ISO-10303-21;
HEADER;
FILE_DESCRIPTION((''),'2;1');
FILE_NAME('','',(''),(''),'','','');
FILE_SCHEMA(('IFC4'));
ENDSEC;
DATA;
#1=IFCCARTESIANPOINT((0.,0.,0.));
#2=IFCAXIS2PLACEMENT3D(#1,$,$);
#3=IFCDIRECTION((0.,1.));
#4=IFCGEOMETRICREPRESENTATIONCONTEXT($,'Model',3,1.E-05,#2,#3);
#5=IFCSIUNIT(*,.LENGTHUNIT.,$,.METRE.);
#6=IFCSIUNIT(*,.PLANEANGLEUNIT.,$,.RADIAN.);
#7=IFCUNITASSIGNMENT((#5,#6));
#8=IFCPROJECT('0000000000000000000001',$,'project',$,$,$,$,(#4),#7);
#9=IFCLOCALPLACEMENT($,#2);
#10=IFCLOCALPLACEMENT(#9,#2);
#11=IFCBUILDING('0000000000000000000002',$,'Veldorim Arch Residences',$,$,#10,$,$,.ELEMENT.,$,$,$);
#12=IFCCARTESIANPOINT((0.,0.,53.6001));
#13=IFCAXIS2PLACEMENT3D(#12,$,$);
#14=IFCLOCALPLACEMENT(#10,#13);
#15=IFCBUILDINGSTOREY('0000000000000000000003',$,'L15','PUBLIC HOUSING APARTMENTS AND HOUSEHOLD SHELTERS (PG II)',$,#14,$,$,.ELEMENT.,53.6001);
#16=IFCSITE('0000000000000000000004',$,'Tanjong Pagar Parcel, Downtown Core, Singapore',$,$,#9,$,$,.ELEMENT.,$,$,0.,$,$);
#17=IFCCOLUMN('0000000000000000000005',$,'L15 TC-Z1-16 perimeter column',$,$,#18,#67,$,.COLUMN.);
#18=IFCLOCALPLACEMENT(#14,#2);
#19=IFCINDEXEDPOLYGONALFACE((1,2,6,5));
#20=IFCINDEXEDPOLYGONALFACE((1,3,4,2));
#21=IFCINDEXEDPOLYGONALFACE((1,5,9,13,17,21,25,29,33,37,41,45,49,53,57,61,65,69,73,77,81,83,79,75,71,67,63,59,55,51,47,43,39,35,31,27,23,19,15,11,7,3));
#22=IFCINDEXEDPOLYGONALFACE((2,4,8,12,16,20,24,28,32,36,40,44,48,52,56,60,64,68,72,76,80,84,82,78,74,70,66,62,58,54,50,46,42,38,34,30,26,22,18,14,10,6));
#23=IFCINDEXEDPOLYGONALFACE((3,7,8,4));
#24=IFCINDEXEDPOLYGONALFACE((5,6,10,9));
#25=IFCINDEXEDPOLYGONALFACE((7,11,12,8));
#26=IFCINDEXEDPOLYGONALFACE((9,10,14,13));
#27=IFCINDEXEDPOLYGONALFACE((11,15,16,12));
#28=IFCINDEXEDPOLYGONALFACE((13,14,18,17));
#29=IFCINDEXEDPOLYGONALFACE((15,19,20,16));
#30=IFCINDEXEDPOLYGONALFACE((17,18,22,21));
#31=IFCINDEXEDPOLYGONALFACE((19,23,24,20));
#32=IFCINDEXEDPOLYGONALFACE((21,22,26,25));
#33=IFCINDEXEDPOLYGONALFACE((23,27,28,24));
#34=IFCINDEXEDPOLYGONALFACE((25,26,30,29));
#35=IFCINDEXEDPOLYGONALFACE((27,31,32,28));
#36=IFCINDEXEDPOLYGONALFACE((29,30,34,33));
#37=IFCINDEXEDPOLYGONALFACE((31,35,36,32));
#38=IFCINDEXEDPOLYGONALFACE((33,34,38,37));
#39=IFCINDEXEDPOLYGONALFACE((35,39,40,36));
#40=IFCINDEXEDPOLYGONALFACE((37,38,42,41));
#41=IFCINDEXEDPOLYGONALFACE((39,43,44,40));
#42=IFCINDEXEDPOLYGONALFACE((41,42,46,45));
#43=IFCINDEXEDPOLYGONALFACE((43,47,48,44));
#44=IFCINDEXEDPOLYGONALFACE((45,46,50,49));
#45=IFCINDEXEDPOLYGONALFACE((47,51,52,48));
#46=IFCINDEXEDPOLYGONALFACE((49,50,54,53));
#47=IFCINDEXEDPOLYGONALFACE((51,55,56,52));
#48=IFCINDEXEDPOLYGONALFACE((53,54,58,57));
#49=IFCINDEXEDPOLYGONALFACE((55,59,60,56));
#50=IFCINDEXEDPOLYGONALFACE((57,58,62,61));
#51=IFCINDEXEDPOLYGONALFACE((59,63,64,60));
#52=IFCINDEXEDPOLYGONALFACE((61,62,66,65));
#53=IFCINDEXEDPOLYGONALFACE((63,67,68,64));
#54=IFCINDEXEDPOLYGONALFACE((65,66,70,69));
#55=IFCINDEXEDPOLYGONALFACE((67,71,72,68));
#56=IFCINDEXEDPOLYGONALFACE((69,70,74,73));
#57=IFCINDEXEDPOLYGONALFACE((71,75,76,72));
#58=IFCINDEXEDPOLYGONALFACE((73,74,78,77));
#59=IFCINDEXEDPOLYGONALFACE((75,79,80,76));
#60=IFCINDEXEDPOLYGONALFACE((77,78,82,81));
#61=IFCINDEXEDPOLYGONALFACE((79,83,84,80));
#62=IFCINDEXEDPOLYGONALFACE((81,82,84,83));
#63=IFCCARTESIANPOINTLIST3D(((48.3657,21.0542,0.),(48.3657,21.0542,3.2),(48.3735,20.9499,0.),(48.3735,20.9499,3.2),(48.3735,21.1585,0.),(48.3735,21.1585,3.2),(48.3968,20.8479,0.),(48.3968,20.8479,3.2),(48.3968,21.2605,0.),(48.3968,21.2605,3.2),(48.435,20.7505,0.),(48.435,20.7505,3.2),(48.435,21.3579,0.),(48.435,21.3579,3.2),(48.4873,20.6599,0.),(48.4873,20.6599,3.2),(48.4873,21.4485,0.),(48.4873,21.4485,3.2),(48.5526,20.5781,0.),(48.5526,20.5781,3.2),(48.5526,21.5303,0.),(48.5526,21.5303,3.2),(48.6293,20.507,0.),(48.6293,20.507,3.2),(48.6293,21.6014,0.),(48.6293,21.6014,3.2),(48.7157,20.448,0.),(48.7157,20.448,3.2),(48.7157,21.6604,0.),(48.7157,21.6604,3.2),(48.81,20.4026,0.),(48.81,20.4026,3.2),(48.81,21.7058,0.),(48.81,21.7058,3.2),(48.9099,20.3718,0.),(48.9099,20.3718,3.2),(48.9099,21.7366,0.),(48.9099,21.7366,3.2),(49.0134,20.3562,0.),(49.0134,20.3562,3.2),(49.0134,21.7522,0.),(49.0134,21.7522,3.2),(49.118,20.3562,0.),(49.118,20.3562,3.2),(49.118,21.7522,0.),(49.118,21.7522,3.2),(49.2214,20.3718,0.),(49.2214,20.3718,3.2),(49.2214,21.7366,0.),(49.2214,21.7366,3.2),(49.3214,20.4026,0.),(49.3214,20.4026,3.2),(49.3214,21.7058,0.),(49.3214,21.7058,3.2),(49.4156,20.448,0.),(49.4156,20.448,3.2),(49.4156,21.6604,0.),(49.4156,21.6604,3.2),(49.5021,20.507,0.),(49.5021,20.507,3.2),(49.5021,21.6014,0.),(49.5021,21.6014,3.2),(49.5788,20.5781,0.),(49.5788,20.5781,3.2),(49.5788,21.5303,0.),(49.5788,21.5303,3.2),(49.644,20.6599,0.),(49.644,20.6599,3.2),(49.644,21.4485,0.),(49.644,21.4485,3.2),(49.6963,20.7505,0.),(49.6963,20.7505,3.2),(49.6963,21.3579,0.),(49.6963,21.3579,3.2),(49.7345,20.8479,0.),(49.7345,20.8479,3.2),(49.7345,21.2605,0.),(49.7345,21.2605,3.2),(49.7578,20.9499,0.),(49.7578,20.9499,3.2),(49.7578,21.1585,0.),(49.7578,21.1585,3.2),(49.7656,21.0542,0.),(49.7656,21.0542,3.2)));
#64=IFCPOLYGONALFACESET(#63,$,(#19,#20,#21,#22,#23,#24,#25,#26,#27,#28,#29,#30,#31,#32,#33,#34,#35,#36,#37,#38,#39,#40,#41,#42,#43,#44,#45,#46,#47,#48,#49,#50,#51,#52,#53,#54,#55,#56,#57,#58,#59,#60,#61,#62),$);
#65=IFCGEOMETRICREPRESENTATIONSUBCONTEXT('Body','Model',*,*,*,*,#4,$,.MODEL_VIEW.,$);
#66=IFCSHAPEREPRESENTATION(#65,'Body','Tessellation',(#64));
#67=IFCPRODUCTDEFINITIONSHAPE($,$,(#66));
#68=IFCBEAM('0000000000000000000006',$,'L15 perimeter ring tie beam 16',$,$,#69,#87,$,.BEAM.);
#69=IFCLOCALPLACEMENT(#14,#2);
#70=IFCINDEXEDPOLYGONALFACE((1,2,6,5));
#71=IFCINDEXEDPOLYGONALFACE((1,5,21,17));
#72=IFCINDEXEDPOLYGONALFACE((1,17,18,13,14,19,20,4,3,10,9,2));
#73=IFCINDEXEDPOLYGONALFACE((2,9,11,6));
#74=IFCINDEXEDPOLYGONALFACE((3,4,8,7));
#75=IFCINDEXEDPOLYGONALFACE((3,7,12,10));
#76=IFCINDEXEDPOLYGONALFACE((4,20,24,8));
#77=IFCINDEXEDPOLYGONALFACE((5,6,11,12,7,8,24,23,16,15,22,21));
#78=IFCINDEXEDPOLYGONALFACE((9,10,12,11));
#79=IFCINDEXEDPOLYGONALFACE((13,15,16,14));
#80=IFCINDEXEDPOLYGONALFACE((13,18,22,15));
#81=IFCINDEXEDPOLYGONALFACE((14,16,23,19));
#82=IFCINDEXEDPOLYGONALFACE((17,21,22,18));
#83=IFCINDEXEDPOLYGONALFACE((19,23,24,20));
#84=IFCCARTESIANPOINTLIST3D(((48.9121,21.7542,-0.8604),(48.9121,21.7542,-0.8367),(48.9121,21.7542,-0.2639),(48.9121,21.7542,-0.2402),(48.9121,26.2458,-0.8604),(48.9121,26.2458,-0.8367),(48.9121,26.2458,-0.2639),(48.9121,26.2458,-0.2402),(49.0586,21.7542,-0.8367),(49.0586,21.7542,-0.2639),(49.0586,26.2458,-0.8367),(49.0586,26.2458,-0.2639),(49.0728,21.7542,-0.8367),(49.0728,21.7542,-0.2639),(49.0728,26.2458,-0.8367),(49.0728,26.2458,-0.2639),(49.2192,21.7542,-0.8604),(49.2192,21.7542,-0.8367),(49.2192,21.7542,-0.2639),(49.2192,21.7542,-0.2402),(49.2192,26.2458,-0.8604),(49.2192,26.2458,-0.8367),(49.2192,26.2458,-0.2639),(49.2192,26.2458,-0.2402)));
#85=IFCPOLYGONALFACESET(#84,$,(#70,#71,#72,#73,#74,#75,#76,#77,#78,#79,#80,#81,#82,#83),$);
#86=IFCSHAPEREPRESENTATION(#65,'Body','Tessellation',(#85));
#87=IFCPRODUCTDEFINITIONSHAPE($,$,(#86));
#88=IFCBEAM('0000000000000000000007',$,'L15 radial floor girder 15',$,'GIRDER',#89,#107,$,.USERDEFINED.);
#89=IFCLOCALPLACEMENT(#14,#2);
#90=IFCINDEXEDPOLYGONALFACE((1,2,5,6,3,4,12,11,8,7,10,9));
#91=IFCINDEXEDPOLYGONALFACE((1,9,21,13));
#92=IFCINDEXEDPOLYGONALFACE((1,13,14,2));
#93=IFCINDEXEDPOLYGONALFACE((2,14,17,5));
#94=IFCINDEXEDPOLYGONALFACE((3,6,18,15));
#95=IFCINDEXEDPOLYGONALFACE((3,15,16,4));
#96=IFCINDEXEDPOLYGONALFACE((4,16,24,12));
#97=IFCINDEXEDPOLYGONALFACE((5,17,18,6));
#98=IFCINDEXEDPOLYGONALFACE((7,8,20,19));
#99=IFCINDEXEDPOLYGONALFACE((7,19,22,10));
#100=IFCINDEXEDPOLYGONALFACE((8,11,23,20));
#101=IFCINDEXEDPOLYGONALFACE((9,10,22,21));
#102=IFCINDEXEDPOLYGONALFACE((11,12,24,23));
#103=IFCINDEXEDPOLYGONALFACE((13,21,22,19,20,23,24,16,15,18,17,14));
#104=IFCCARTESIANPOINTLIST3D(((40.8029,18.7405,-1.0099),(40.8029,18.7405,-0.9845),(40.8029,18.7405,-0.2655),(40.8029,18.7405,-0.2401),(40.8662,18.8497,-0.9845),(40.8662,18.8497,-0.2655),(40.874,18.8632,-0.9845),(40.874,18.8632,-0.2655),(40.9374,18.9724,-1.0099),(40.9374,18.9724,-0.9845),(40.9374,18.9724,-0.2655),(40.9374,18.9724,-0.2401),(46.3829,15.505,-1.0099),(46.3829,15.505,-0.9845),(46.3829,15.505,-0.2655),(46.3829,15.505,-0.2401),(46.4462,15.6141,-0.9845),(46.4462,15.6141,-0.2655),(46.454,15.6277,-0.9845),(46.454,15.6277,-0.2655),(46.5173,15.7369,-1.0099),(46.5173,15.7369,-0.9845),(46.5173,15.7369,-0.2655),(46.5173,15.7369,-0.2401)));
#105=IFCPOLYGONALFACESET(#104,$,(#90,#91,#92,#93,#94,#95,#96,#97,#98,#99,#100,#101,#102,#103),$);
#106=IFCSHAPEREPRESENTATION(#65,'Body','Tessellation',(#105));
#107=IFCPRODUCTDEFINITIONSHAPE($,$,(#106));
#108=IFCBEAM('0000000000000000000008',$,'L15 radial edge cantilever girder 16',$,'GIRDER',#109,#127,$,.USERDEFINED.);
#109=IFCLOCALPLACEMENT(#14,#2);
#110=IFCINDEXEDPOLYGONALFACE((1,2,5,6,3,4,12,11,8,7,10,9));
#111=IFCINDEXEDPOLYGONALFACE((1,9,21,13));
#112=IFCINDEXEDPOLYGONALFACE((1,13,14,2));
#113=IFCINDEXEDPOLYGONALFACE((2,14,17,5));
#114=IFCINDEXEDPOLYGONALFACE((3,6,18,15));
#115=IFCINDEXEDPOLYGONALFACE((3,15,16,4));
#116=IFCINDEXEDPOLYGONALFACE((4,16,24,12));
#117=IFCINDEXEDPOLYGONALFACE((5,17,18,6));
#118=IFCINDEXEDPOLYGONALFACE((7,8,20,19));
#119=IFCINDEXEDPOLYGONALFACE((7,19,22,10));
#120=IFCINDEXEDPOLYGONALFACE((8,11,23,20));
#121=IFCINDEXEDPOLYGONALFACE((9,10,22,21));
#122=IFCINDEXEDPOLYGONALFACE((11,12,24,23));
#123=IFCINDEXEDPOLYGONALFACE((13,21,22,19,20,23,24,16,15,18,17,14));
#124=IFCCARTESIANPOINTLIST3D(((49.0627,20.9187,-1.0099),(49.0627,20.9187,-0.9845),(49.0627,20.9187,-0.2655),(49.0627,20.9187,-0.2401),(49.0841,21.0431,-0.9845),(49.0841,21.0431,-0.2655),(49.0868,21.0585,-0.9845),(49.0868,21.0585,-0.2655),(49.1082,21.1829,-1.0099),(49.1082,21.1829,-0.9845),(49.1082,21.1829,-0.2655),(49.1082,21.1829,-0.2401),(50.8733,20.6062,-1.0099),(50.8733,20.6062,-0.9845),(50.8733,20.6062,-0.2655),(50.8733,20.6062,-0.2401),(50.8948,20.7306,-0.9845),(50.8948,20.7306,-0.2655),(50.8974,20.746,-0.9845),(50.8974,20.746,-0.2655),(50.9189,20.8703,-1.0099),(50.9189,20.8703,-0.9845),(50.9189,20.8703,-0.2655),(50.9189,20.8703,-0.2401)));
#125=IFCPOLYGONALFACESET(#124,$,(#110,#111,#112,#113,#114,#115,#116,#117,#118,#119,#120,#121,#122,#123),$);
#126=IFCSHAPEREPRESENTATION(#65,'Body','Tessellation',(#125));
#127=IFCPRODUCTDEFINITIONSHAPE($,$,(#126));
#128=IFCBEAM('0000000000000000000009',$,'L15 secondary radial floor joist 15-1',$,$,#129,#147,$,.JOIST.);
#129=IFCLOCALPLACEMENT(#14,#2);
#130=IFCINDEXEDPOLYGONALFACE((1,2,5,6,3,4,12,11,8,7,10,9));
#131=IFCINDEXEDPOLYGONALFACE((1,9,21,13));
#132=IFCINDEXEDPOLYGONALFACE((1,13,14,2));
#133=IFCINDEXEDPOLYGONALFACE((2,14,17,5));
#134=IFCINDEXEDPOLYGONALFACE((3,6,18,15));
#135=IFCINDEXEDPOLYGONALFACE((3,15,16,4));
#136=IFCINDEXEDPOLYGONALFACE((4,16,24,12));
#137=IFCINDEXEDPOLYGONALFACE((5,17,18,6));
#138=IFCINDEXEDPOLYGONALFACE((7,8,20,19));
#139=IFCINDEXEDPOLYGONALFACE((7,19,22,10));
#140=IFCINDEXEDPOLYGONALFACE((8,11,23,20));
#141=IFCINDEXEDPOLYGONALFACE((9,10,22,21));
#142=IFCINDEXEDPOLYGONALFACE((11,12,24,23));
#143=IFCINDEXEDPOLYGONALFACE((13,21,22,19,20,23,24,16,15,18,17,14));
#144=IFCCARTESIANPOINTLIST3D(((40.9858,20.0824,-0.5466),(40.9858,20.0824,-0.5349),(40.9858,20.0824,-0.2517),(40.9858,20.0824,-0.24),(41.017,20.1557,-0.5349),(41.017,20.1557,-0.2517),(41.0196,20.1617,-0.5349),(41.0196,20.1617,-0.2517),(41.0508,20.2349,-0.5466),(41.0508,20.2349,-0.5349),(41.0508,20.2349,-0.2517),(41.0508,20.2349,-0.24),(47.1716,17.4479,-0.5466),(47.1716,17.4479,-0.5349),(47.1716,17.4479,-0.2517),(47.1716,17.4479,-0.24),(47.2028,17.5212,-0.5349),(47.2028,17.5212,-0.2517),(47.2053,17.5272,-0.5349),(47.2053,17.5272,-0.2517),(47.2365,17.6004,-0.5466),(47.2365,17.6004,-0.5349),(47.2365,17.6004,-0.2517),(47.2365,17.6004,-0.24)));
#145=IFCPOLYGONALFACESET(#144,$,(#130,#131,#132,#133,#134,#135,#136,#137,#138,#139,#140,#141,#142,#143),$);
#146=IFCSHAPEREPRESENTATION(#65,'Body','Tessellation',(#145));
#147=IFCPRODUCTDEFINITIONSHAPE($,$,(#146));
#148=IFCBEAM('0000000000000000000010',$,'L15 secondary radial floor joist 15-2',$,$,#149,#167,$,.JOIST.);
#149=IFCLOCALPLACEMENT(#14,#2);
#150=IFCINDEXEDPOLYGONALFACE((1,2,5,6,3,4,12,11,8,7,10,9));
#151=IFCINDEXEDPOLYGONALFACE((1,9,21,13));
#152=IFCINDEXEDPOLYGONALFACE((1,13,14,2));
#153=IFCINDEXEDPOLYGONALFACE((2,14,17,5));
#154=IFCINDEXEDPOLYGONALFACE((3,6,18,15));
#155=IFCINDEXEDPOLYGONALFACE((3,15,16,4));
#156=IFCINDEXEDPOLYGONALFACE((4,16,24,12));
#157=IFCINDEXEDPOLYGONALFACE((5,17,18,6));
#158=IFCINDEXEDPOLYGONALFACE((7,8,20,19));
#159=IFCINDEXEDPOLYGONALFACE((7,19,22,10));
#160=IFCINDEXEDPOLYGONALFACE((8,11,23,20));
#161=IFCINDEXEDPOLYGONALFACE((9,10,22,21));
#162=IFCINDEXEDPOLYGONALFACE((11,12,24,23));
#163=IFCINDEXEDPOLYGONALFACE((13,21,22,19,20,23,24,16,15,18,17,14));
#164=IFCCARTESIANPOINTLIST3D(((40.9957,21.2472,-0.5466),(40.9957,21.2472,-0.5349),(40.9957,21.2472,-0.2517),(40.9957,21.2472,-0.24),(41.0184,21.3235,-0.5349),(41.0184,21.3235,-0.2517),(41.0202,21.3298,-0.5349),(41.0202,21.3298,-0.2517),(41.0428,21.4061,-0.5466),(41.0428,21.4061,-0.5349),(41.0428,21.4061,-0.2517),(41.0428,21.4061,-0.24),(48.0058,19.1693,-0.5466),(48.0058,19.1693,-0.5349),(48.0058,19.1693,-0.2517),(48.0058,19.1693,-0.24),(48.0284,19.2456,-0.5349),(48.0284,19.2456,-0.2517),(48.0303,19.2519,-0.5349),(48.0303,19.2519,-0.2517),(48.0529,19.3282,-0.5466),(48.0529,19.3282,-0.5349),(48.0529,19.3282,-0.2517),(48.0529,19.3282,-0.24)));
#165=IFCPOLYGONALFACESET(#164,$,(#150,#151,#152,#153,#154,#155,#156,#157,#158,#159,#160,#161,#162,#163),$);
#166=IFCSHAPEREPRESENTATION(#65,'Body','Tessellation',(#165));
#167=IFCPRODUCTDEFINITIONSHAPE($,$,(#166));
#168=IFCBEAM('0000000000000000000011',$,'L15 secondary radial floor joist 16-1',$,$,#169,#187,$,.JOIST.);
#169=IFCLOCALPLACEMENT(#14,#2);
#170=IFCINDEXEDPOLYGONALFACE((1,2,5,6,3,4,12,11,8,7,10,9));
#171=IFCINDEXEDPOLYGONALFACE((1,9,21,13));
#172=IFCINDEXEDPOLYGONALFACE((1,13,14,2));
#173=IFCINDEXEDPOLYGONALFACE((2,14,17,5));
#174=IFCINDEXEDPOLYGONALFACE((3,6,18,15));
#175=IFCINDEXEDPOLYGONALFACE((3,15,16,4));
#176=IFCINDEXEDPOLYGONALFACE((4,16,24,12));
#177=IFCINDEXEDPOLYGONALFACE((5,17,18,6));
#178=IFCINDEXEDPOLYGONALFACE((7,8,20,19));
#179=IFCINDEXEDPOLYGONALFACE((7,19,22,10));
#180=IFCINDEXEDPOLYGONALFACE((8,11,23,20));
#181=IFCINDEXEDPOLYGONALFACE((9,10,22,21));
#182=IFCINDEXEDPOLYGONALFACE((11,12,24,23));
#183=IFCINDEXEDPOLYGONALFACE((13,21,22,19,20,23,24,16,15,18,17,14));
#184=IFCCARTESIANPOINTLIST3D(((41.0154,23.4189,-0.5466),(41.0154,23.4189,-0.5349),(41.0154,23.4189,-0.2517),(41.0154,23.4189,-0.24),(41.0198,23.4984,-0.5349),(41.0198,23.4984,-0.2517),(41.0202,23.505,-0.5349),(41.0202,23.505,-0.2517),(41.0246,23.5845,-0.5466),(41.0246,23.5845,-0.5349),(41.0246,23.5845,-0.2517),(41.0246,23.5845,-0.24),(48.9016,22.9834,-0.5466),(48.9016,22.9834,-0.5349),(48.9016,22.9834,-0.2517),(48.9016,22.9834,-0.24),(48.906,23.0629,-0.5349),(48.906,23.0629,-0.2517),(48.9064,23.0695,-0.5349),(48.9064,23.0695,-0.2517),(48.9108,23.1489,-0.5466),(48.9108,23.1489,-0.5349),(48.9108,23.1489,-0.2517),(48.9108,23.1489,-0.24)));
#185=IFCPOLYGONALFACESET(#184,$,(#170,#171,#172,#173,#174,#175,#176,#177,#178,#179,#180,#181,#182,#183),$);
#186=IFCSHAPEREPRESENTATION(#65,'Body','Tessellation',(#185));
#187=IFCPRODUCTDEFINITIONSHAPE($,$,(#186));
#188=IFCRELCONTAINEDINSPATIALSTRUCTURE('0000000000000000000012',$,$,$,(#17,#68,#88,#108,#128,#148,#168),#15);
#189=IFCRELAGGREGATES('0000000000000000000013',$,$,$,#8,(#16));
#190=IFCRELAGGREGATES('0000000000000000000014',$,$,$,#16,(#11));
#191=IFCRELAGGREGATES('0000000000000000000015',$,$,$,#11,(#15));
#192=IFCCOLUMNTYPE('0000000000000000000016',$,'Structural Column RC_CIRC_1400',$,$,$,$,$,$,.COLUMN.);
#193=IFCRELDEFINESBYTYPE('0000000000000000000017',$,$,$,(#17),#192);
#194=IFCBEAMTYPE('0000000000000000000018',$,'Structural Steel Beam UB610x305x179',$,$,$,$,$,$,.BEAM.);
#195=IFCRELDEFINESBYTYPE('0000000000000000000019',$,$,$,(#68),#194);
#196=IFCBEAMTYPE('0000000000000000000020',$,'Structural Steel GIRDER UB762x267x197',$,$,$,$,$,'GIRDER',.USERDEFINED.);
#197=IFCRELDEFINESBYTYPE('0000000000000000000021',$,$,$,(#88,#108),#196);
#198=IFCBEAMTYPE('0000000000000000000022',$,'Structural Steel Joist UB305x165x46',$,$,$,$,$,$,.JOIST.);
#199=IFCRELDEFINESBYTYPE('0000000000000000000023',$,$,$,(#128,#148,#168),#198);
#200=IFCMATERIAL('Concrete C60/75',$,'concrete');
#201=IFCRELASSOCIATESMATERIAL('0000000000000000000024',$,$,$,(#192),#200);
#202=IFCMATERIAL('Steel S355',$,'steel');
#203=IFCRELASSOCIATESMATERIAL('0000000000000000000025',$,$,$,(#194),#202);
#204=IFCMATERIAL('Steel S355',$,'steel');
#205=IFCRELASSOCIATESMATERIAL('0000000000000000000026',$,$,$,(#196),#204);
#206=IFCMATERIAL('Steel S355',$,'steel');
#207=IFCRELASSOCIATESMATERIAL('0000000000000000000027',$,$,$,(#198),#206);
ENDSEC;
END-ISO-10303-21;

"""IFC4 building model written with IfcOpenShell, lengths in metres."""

from ifc_helpers import new_model, si_unit, direction, frame, origin, origin_2d, place, context, subcontext, project, spatial, circle, i_section, extrude, material, material_profile, profile_set, type_object, element, save


model = new_model("IFC4")

# Units and contexts
model_context = context("Model", 3, precision=1e-05, world=origin(), true_north=direction((0.0, 1.0)))
body_context = subcontext(model_context, "Body", "Model", "MODEL_VIEW")
ifc_project = project(units=[si_unit("LENGTHUNIT", "METRE"), si_unit("PLANEANGLEUNIT", "RADIAN")], contexts=[model_context])

# Site, building, storey
site_placement = place(None, origin())
site = spatial("IfcSite", under=ifc_project, at=site_placement, Name="Tanjong Pagar Parcel, Downtown Core, Singapore", CompositionType="ELEMENT", RefElevation=0.0)
building_placement = place(site_placement, origin())
building = spatial("IfcBuilding", under=site, at=building_placement, Name="Veldorim Arch Residences", CompositionType="ELEMENT")
storey_placement = place(building_placement, frame((0.0, 0.0, 53.6001)))
storey = spatial("IfcBuildingStorey", under=building, at=storey_placement, Name="L15", Description="PUBLIC HOUSING APARTMENTS AND HOUSEHOLD SHELTERS (PG II)", CompositionType="ELEMENT", Elevation=53.6001)

# Column
ifc_material_1 = material(Name="Concrete C60/75", Category="concrete")
ifc_material_profile_1 = material_profile(ifc_material_1, circle(Radius=0.7, at=origin_2d()), Name="RC_CIRC_1400")
ifc_profile_set_1 = profile_set([ifc_material_profile_1], Name="Concrete C60/75")
column_type = type_object("IfcColumnType", Name="Structural Column RC_CIRC_1400", PredefinedType="COLUMN", material=ifc_profile_set_1)
column_placement = place(storey_placement, frame((49.0657, 21.0542, 0.0), z_axis=(0.0, 0.0, 1.0), x_axis=(1.0, 0.0, 0.0)))
element("IfcColumn", 1, at=column_placement, inside=storey, type_object=column_type, Name="L15 TC-Z1-16 perimeter column", PredefinedType="COLUMN", context=body_context, shape_type="SweptSolid", body=[
    extrude(circle(Radius=0.7, at=origin_2d()), origin(), (0.0, 0.0, 1.0), 3.2),
])

# Beams
ifc_material_2 = material(Name="Steel S355", Category="steel")
ifc_material_profile_2 = material_profile(ifc_material_2, i_section(OverallWidth=0.3071, OverallDepth=0.6201, WebThickness=0.0142, FlangeThickness=0.0237, at=origin_2d()), Name="UB610x305x179")
ifc_profile_set_2 = profile_set([ifc_material_profile_2], Name="Steel S355")
beam_type_1 = type_object("IfcBeamType", Name="Structural Steel Beam UB610x305x179", PredefinedType="BEAM", material=ifc_profile_set_2)
beam_1_placement = place(storey_placement, frame((49.0657, 21.7542, -0.5503), z_axis=(0.0, 1.0, 0.0), x_axis=(-1.0, 0.0, 0.0)))
element("IfcBeam", 2, at=beam_1_placement, inside=storey, type_object=beam_type_1, Name="L15 perimeter ring tie beam 16", PredefinedType="BEAM", context=body_context, shape_type="SweptSolid", body=[
    extrude(i_section(OverallWidth=0.3071, OverallDepth=0.6201, WebThickness=0.0142, FlangeThickness=0.0237, at=origin_2d()), origin(), (0.0, 0.0, 1.0), 4.4917),
])
ifc_material_3 = material(Name="Steel S355", Category="steel")
ifc_material_profile_3 = material_profile(ifc_material_3, i_section(OverallWidth=0.2681, OverallDepth=0.7698, WebThickness=0.0156, FlangeThickness=0.0254, at=origin_2d()), Name="UB762x267x197")
ifc_profile_set_3 = profile_set([ifc_material_profile_3], Name="Steel S355")
beam_type_2 = type_object("IfcBeamType", Name="Structural Steel GIRDER UB762x267x197", ElementType="GIRDER", PredefinedType="USERDEFINED", material=ifc_profile_set_3)
beam_2_placement = place(storey_placement, frame((40.8701, 18.8564, -0.625), z_axis=(0.865088, -0.50162, 0.0), x_axis=(0.50162, 0.865088, 0.0)))
element("IfcBeam", 3, at=beam_2_placement, inside=storey, type_object=beam_type_2, Name="L15 radial floor girder 15", ObjectType="GIRDER", PredefinedType="USERDEFINED", context=body_context, shape_type="SweptSolid", body=[
    extrude(i_section(OverallWidth=0.2681, OverallDepth=0.7698, WebThickness=0.0156, FlangeThickness=0.0254, at=origin_2d()), origin(), (0.0, 0.0, 1.0), 6.4502),
])
beam_3_placement = place(storey_placement, frame((49.0854, 21.0508, -0.625), z_axis=(0.985429, -0.170085, 0.0), x_axis=(0.170085, 0.985429, 0.0)))
element("IfcBeam", 4, at=beam_3_placement, inside=storey, type_object=beam_type_2, Name="L15 radial edge cantilever girder 16", ObjectType="GIRDER", PredefinedType="USERDEFINED", context=body_context, shape_type="SweptSolid", body=[
    extrude(i_section(OverallWidth=0.2681, OverallDepth=0.7698, WebThickness=0.0156, FlangeThickness=0.0254, at=origin_2d()), origin(), (0.0, 0.0, 1.0), 1.8374),
])
ifc_material_4 = material(Name="Steel S355", Category="steel")
ifc_material_profile_4 = material_profile(ifc_material_4, i_section(OverallWidth=0.1658, OverallDepth=0.3066, WebThickness=0.0066, FlangeThickness=0.0117, at=origin_2d()), Name="UB305x165x46")
ifc_profile_set_4 = profile_set([ifc_material_profile_4], Name="Steel S355")
beam_type_3 = type_object("IfcBeamType", Name="Structural Steel Joist UB305x165x46", PredefinedType="JOIST", material=ifc_profile_set_4)
beam_4_placement = place(storey_placement, frame((41.0183, 20.1587, -0.3933), z_axis=(0.920033, -0.391841, 0.0), x_axis=(0.391841, 0.920033, 0.0)))
element("IfcBeam", 5, at=beam_4_placement, inside=storey, type_object=beam_type_3, Name="L15 secondary radial floor joist 15-1", PredefinedType="JOIST", context=body_context, shape_type="SweptSolid", body=[
    extrude(i_section(OverallWidth=0.1658, OverallDepth=0.3066, WebThickness=0.0066, FlangeThickness=0.0117, at=origin_2d()), origin(), (0.0, 0.0, 1.0), 6.7234),
])
beam_5_placement = place(storey_placement, frame((41.0193, 21.3267, -0.3933), z_axis=(0.958767, -0.284194, 0.0), x_axis=(0.284194, 0.958767, 0.0)))
element("IfcBeam", 6, at=beam_5_placement, inside=storey, type_object=beam_type_3, Name="L15 secondary radial floor joist 15-2", PredefinedType="JOIST", context=body_context, shape_type="SweptSolid", body=[
    extrude(i_section(OverallWidth=0.1658, OverallDepth=0.3066, WebThickness=0.0066, FlangeThickness=0.0117, at=origin_2d()), origin(), (0.0, 0.0, 1.0), 7.3115),
])
for number, where, z_axis, x_axis, name in (
    (7, (41.02, 23.5017, -0.3933), (0.998478, -0.055145, 0.0), (0.055145, 0.998478, 0.0), "L15 secondary radial floor joist 16-1"),
):
    element("IfcBeam", number, at=place(storey_placement, frame(where, z_axis=z_axis, x_axis=x_axis)), inside=storey, type_object=beam_type_3, Name=name, PredefinedType="JOIST", context=body_context, shape_type="SweptSolid", body=[
        extrude(i_section(OverallWidth=0.1658, OverallDepth=0.3066, WebThickness=0.0066, FlangeThickness=0.0117, at=origin_2d()), origin(), (0.0, 0.0, 1.0), 7.8982),
    ])

save(model, "model.ifc")
